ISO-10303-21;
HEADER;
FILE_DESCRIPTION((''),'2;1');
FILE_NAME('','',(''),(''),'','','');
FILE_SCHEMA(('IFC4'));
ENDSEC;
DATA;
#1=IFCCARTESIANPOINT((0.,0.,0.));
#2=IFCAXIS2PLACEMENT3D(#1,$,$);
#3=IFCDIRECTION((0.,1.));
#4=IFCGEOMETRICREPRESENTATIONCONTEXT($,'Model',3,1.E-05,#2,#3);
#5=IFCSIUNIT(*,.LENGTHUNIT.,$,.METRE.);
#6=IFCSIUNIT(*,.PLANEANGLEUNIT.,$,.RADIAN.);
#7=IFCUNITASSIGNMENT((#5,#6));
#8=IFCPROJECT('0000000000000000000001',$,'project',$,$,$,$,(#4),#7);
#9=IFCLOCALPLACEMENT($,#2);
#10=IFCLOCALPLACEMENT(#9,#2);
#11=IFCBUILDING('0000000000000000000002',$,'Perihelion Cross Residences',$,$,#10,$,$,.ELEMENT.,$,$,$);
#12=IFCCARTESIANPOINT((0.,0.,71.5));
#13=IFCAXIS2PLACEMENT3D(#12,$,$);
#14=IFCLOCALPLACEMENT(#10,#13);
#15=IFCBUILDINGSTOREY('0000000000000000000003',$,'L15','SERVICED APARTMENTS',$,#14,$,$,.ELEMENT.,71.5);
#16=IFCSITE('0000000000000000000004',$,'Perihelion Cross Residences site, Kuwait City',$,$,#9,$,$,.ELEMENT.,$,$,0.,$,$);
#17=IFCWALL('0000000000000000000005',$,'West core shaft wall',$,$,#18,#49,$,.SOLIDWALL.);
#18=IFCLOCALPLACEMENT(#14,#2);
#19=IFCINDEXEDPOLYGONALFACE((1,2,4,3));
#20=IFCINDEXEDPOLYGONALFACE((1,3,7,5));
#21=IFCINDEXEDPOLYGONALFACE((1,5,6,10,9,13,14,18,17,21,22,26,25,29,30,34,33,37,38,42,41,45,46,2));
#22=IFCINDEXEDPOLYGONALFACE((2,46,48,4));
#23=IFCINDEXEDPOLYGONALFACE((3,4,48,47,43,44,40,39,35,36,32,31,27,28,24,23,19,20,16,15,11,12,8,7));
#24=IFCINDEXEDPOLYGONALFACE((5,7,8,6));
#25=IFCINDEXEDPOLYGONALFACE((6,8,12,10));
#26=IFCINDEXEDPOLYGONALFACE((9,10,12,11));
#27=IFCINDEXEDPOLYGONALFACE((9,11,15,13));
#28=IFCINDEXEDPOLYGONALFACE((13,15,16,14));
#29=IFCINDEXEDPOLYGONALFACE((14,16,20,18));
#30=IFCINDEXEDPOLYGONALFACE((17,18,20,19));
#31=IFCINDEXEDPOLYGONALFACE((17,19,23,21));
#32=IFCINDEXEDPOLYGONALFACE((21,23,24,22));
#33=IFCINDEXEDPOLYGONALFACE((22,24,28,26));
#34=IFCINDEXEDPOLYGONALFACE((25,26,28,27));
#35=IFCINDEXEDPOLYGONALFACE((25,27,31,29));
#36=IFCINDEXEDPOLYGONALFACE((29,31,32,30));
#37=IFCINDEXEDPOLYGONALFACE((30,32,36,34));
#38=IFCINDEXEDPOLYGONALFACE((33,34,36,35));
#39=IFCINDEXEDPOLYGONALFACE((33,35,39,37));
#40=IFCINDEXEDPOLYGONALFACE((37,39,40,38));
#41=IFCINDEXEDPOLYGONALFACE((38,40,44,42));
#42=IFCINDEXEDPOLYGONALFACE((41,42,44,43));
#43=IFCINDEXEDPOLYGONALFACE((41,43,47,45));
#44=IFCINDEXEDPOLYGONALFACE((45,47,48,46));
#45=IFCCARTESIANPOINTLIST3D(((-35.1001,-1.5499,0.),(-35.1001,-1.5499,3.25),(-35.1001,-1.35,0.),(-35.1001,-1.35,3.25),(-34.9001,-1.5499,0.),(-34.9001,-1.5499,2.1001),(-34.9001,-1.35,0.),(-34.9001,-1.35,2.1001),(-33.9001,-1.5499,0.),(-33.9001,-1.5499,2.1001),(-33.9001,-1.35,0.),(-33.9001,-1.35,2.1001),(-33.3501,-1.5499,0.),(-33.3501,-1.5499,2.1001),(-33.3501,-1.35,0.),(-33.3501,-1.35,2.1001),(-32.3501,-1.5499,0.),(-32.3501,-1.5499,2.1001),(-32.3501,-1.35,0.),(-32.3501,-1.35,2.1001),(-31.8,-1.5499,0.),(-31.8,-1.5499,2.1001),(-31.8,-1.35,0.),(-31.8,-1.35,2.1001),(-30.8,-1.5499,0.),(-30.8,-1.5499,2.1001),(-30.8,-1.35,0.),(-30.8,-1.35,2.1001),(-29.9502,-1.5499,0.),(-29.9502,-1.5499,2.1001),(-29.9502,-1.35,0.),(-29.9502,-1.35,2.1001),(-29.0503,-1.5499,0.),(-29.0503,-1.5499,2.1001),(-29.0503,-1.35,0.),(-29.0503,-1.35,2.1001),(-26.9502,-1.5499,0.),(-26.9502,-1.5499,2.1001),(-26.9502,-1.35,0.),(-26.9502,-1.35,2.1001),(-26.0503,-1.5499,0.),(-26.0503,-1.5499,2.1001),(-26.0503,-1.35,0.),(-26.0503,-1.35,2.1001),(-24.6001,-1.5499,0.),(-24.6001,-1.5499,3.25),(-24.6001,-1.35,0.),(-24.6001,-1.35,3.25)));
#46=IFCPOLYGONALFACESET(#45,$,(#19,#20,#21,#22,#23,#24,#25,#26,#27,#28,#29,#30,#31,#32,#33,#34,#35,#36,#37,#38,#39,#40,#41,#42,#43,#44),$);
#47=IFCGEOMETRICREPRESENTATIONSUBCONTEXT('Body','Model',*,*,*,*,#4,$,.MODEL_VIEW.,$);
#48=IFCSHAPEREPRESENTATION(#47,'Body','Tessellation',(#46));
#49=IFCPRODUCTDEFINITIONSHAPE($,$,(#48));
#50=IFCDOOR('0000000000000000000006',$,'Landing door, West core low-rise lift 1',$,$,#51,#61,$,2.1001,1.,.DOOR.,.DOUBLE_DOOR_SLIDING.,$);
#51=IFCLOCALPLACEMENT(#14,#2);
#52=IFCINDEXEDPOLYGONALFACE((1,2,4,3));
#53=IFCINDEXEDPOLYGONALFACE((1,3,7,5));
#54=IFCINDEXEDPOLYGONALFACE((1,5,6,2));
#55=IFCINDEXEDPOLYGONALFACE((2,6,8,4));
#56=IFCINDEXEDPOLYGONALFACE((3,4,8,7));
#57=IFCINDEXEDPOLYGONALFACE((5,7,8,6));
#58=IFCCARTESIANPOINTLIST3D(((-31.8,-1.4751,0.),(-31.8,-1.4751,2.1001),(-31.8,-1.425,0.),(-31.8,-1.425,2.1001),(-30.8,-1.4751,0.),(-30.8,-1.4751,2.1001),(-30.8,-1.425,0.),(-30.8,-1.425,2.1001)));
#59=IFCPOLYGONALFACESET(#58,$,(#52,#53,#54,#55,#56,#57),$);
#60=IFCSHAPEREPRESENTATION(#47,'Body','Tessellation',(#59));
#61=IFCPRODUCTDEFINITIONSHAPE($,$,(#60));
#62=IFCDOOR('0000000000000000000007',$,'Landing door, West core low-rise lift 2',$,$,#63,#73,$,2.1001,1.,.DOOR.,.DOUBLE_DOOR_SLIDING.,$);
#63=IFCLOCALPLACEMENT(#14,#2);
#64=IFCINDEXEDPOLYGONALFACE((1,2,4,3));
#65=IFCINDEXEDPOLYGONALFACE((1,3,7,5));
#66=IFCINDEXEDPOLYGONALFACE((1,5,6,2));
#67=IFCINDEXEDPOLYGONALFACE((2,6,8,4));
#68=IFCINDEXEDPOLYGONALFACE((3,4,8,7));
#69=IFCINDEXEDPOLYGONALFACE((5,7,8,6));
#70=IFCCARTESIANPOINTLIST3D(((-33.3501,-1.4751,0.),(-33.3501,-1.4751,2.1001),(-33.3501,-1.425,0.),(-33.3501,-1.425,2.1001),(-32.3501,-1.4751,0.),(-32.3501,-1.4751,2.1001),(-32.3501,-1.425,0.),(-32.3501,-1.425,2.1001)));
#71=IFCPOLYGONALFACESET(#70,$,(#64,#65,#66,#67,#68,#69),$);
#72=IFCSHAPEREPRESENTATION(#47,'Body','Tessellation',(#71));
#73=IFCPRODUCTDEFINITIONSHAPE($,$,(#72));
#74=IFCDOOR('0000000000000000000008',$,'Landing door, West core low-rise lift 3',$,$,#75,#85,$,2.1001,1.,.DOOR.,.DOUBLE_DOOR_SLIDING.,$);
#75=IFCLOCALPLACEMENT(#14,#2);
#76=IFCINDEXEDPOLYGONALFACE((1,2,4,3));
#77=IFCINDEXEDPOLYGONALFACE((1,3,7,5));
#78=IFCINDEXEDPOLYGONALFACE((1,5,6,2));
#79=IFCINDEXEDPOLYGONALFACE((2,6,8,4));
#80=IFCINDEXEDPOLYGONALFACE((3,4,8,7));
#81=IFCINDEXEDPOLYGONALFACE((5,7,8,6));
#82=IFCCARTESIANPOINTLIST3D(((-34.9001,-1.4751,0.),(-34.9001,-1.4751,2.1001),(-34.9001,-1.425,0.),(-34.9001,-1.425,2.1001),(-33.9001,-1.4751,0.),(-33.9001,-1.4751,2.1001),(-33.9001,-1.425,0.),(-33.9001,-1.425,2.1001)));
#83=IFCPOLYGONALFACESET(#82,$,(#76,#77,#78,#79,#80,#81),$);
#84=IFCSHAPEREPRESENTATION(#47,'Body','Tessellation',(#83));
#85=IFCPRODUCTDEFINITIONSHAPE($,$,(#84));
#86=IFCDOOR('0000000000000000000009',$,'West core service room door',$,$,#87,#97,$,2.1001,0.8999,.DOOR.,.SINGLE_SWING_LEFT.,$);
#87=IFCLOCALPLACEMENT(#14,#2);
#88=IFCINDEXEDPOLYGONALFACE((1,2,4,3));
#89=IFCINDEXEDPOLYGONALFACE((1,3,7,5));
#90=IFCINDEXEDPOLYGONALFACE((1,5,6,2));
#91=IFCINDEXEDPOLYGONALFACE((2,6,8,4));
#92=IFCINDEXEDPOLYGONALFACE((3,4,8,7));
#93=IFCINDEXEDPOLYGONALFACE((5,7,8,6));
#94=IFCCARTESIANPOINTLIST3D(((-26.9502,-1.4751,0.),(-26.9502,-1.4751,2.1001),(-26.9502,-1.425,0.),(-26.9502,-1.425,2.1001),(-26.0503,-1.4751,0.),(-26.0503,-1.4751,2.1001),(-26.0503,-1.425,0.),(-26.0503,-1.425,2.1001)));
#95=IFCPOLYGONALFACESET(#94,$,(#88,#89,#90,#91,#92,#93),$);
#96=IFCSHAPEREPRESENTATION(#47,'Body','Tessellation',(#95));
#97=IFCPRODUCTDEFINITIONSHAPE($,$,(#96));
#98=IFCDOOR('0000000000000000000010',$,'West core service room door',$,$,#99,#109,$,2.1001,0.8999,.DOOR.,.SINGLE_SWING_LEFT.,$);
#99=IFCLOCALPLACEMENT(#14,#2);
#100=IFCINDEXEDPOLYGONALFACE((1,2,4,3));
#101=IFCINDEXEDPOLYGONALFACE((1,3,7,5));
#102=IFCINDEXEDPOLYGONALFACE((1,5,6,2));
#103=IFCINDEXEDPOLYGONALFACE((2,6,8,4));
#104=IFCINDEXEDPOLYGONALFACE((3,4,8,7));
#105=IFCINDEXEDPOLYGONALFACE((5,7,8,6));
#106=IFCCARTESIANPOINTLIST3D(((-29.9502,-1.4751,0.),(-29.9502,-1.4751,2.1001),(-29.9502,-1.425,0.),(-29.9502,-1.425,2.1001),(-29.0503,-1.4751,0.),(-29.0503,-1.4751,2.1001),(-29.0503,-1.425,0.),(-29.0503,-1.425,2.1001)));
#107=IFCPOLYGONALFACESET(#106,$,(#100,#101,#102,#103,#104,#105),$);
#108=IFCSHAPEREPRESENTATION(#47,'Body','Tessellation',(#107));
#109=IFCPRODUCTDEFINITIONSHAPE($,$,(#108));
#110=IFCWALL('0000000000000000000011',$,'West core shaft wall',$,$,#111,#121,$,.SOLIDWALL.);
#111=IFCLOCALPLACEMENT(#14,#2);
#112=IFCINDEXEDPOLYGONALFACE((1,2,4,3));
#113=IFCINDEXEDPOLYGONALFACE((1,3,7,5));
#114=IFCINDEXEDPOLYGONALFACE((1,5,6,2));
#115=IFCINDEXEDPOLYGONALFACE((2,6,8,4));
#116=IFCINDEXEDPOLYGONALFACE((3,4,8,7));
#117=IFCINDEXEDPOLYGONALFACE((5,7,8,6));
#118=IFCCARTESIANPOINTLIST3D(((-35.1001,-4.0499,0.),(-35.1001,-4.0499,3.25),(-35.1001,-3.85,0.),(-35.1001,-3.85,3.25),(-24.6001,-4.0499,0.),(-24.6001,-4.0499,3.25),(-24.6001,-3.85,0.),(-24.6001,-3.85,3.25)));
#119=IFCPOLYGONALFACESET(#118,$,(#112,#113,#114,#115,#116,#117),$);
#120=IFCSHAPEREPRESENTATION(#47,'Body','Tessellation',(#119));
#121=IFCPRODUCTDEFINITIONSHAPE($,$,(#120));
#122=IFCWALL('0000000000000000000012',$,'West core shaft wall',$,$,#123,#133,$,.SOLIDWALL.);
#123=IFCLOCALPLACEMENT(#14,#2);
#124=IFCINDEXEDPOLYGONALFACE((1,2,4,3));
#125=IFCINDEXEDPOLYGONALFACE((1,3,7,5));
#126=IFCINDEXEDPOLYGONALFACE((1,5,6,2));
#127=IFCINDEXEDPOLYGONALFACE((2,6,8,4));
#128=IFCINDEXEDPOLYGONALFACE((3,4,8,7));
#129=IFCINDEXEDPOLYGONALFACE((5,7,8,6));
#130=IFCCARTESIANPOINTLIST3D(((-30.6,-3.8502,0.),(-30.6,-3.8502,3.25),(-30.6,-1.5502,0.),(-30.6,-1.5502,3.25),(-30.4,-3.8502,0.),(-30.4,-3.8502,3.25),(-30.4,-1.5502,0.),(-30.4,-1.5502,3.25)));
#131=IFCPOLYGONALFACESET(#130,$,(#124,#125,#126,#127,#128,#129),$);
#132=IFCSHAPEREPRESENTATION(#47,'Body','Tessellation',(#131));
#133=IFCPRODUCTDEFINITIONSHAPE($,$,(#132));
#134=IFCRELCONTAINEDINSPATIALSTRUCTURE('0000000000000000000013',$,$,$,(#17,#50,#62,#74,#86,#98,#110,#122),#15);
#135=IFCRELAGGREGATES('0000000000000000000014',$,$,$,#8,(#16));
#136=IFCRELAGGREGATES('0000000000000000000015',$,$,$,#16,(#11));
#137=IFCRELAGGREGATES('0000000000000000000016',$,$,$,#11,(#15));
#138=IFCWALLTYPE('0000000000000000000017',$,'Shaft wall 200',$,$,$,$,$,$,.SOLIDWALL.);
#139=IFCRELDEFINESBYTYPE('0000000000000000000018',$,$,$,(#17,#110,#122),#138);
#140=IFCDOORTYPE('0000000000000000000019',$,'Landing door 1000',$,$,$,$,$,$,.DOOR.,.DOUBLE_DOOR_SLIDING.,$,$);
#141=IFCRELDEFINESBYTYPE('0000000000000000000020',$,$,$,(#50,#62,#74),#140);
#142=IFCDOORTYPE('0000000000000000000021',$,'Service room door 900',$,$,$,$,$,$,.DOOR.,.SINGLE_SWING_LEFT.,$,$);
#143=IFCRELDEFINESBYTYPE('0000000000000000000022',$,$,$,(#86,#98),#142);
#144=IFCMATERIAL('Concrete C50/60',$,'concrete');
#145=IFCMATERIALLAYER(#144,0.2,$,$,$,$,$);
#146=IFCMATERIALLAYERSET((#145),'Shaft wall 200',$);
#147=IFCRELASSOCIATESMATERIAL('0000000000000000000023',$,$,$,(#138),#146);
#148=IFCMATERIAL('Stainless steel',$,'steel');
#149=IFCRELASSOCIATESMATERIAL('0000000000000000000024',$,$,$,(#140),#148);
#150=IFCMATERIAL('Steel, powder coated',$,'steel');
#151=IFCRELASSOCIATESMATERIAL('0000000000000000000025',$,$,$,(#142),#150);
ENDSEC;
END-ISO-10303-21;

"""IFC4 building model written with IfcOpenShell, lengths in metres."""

from ifc_helpers import new_model, si_unit, direction, frame, frame_2d, origin, place, context, subcontext, project, spatial, rectangle, extrude, material, layer, layer_set, type_object, element, fill, save


model = new_model("IFC4")

# Units and contexts
model_context = context("Model", 3, precision=1e-05, world=origin(), true_north=direction((0.0, 1.0)))
body_context = subcontext(model_context, "Body", "Model", "MODEL_VIEW")
ifc_project = project(units=[si_unit("LENGTHUNIT", "METRE"), si_unit("PLANEANGLEUNIT", "RADIAN")], contexts=[model_context])

# Site, building, storey
site_placement = place(None, origin())
site = spatial("IfcSite", under=ifc_project, at=site_placement, Name="Perihelion Cross Residences site, Kuwait City", CompositionType="ELEMENT", RefElevation=0.0)
building_placement = place(site_placement, origin())
building = spatial("IfcBuilding", under=site, at=building_placement, Name="Perihelion Cross Residences", CompositionType="ELEMENT")
storey_placement = place(building_placement, frame((0.0, 0.0, 71.5)))
storey = spatial("IfcBuildingStorey", under=building, at=storey_placement, Name="L15", Description="SERVICED APARTMENTS", CompositionType="ELEMENT", Elevation=71.5)

# Wall, openings, doors
ifc_material_1 = material(Name="Concrete C50/60", Category="concrete")
ifc_layer_1 = layer(ifc_material_1, 0.2)
ifc_layer_set_1 = layer_set([ifc_layer_1], Name="Shaft wall 200")
wall_type_1 = type_object("IfcWallType", Name="Shaft wall 200", PredefinedType="SOLIDWALL", material=ifc_layer_set_1)
wall_1_placement = place(storey_placement, frame((-35.1001, -1.45, 0.0), z_axis=(0.0, 0.0, 1.0), x_axis=(1.0, 0.0, 0.0)))
wall_1 = element("IfcWall", 1, at=wall_1_placement, inside=storey, type_object=wall_type_1, Name="West core shaft wall", PredefinedType="SOLIDWALL", context=body_context, shape_type="SweptSolid", body=[
    extrude(rectangle(XDim=10.5, YDim=0.2, at=frame_2d((5.25, 0.0))), origin(), (0.0, 0.0, 1.0), 3.25),
])
opening_1_placement = place(wall_1_placement, frame((3.3, 0.0, 0.0)))
opening_1 = element("IfcOpeningElement", 2, at=opening_1_placement, cuts=wall_1, PredefinedType="OPENING", context=body_context, shape_type="SweptSolid", body=[
    extrude(rectangle(XDim=1.0, YDim=2.1001, at=frame_2d((0.5, 1.05))), frame((0.0, 0.1099, 0.0), z_axis=(0.0, -1.0, 0.0), x_axis=(1.0, 0.0, 0.0)), (0.0, 0.0, 1.0), 0.22),
])
opening_2_placement = place(wall_1_placement, frame((1.75, 0.0, 0.0)))
opening_2 = element("IfcOpeningElement", 3, at=opening_2_placement, cuts=wall_1, PredefinedType="OPENING", context=body_context, shape_type="SweptSolid", body=[
    extrude(rectangle(XDim=1.0, YDim=2.1001, at=frame_2d((0.5, 1.05))), frame((0.0, 0.1099, 0.0), z_axis=(0.0, -1.0, 0.0), x_axis=(1.0, 0.0, 0.0)), (0.0, 0.0, 1.0), 0.22),
])
opening_3_placement = place(wall_1_placement, frame((0.2, 0.0, 0.0)))
opening_3 = element("IfcOpeningElement", 4, at=opening_3_placement, cuts=wall_1, PredefinedType="OPENING", context=body_context, shape_type="SweptSolid", body=[
    extrude(rectangle(XDim=1.0, YDim=2.1001, at=frame_2d((0.5, 1.05))), frame((0.0, 0.1099, 0.0), z_axis=(0.0, -1.0, 0.0), x_axis=(1.0, 0.0, 0.0)), (0.0, 0.0, 1.0), 0.22),
])
opening_4_placement = place(wall_1_placement, frame((8.1499, 0.0, 0.0)))
opening_4 = element("IfcOpeningElement", 5, at=opening_4_placement, cuts=wall_1, PredefinedType="OPENING", context=body_context, shape_type="SweptSolid", body=[
    extrude(rectangle(XDim=0.8999, YDim=2.1001, at=frame_2d((0.45, 1.05))), frame((0.0, 0.1099, 0.0), z_axis=(0.0, -1.0, 0.0), x_axis=(1.0, 0.0, 0.0)), (0.0, 0.0, 1.0), 0.22),
])
opening_5_placement = place(wall_1_placement, frame((5.1499, 0.0, 0.0)))
opening_5 = element("IfcOpeningElement", 6, at=opening_5_placement, cuts=wall_1, PredefinedType="OPENING", context=body_context, shape_type="SweptSolid", body=[
    extrude(rectangle(XDim=0.8999, YDim=2.1001, at=frame_2d((0.45, 1.05))), frame((0.0, 0.1099, 0.0), z_axis=(0.0, -1.0, 0.0), x_axis=(1.0, 0.0, 0.0)), (0.0, 0.0, 1.0), 0.22),
])
ifc_material_2 = material(Name="Stainless steel", Category="steel")
door_type_1 = type_object("IfcDoorType", Name="Landing door 1000", OperationType="DOUBLE_DOOR_SLIDING", PredefinedType="DOOR", material=ifc_material_2)
door_1_placement = place(opening_1_placement, origin())
door_1 = element("IfcDoor", 7, at=door_1_placement, inside=storey, type_object=door_type_1, Name="Landing door, West core low-rise lift 1", OperationType="DOUBLE_DOOR_SLIDING", OverallHeight=2.1001, OverallWidth=1.0, PredefinedType="DOOR", context=body_context, shape_type="SweptSolid", body=[
    extrude(rectangle(XDim=1.0, YDim=2.1001, at=frame_2d((0.5, 1.05))), frame((0.0, 0.0249, 0.0), z_axis=(0.0, -1.0, 0.0), x_axis=(1.0, 0.0, 0.0)), (0.0, 0.0, 1.0), 0.05),
])
fill(opening_1, door_1)
door_2_placement = place(opening_2_placement, origin())
door_2 = element("IfcDoor", 8, at=door_2_placement, inside=storey, type_object=door_type_1, Name="Landing door, West core low-rise lift 2", OperationType="DOUBLE_DOOR_SLIDING", OverallHeight=2.1001, OverallWidth=1.0, PredefinedType="DOOR", context=body_context, shape_type="SweptSolid", body=[
    extrude(rectangle(XDim=1.0, YDim=2.1001, at=frame_2d((0.5, 1.05))), frame((0.0, 0.0249, 0.0), z_axis=(0.0, -1.0, 0.0), x_axis=(1.0, 0.0, 0.0)), (0.0, 0.0, 1.0), 0.05),
])
fill(opening_2, door_2)
door_3_placement = place(opening_3_placement, origin())
door_3 = element("IfcDoor", 9, at=door_3_placement, inside=storey, type_object=door_type_1, Name="Landing door, West core low-rise lift 3", OperationType="DOUBLE_DOOR_SLIDING", OverallHeight=2.1001, OverallWidth=1.0, PredefinedType="DOOR", context=body_context, shape_type="SweptSolid", body=[
    extrude(rectangle(XDim=1.0, YDim=2.1001, at=frame_2d((0.5, 1.05))), frame((0.0, 0.0249, 0.0), z_axis=(0.0, -1.0, 0.0), x_axis=(1.0, 0.0, 0.0)), (0.0, 0.0, 1.0), 0.05),
])
fill(opening_3, door_3)
ifc_material_3 = material(Name="Steel, powder coated", Category="steel")
door_type_2 = type_object("IfcDoorType", Name="Service room door 900", OperationType="SINGLE_SWING_LEFT", PredefinedType="DOOR", material=ifc_material_3)
door_4_placement = place(opening_4_placement, origin())
door_4 = element("IfcDoor", 10, at=door_4_placement, inside=storey, type_object=door_type_2, Name="West core service room door", OperationType="SINGLE_SWING_LEFT", OverallHeight=2.1001, OverallWidth=0.8999, PredefinedType="DOOR", context=body_context, shape_type="SweptSolid", body=[
    extrude(rectangle(XDim=0.8999, YDim=2.1001, at=frame_2d((0.45, 1.05))), frame((0.0, 0.0249, 0.0), z_axis=(0.0, -1.0, 0.0), x_axis=(1.0, 0.0, 0.0)), (0.0, 0.0, 1.0), 0.05),
])
fill(opening_4, door_4)
door_5_placement = place(opening_5_placement, origin())
door_5 = element("IfcDoor", 11, at=door_5_placement, inside=storey, type_object=door_type_2, Name="West core service room door", OperationType="SINGLE_SWING_LEFT", OverallHeight=2.1001, OverallWidth=0.8999, PredefinedType="DOOR", context=body_context, shape_type="SweptSolid", body=[
    extrude(rectangle(XDim=0.8999, YDim=2.1001, at=frame_2d((0.45, 1.05))), frame((0.0, 0.0249, 0.0), z_axis=(0.0, -1.0, 0.0), x_axis=(1.0, 0.0, 0.0)), (0.0, 0.0, 1.0), 0.05),
])
fill(opening_5, door_5)

# Walls
wall_2_placement = place(storey_placement, frame((-35.1001, -3.95, 0.0), z_axis=(0.0, 0.0, 1.0), x_axis=(1.0, 0.0, 0.0)))
element("IfcWall", 12, at=wall_2_placement, inside=storey, type_object=wall_type_1, Name="West core shaft wall", PredefinedType="SOLIDWALL", context=body_context, shape_type="SweptSolid", body=[
    extrude(rectangle(XDim=10.5, YDim=0.2, at=frame_2d((5.25, 0.0))), origin(), (0.0, 0.0, 1.0), 3.25),
])
wall_3_placement = place(storey_placement, frame((-30.5, -3.8501, 0.0), z_axis=(0.0, 0.0, 1.0), x_axis=(0.0, 1.0, 0.0)))
element("IfcWall", 13, at=wall_3_placement, inside=storey, type_object=wall_type_1, Name="West core shaft wall", PredefinedType="SOLIDWALL", context=body_context, shape_type="SweptSolid", body=[
    extrude(rectangle(XDim=2.3, YDim=0.2, at=frame_2d((1.1499, 0.0))), origin(), (0.0, 0.0, 1.0), 3.25),
])

save(model, "model.ifc")
